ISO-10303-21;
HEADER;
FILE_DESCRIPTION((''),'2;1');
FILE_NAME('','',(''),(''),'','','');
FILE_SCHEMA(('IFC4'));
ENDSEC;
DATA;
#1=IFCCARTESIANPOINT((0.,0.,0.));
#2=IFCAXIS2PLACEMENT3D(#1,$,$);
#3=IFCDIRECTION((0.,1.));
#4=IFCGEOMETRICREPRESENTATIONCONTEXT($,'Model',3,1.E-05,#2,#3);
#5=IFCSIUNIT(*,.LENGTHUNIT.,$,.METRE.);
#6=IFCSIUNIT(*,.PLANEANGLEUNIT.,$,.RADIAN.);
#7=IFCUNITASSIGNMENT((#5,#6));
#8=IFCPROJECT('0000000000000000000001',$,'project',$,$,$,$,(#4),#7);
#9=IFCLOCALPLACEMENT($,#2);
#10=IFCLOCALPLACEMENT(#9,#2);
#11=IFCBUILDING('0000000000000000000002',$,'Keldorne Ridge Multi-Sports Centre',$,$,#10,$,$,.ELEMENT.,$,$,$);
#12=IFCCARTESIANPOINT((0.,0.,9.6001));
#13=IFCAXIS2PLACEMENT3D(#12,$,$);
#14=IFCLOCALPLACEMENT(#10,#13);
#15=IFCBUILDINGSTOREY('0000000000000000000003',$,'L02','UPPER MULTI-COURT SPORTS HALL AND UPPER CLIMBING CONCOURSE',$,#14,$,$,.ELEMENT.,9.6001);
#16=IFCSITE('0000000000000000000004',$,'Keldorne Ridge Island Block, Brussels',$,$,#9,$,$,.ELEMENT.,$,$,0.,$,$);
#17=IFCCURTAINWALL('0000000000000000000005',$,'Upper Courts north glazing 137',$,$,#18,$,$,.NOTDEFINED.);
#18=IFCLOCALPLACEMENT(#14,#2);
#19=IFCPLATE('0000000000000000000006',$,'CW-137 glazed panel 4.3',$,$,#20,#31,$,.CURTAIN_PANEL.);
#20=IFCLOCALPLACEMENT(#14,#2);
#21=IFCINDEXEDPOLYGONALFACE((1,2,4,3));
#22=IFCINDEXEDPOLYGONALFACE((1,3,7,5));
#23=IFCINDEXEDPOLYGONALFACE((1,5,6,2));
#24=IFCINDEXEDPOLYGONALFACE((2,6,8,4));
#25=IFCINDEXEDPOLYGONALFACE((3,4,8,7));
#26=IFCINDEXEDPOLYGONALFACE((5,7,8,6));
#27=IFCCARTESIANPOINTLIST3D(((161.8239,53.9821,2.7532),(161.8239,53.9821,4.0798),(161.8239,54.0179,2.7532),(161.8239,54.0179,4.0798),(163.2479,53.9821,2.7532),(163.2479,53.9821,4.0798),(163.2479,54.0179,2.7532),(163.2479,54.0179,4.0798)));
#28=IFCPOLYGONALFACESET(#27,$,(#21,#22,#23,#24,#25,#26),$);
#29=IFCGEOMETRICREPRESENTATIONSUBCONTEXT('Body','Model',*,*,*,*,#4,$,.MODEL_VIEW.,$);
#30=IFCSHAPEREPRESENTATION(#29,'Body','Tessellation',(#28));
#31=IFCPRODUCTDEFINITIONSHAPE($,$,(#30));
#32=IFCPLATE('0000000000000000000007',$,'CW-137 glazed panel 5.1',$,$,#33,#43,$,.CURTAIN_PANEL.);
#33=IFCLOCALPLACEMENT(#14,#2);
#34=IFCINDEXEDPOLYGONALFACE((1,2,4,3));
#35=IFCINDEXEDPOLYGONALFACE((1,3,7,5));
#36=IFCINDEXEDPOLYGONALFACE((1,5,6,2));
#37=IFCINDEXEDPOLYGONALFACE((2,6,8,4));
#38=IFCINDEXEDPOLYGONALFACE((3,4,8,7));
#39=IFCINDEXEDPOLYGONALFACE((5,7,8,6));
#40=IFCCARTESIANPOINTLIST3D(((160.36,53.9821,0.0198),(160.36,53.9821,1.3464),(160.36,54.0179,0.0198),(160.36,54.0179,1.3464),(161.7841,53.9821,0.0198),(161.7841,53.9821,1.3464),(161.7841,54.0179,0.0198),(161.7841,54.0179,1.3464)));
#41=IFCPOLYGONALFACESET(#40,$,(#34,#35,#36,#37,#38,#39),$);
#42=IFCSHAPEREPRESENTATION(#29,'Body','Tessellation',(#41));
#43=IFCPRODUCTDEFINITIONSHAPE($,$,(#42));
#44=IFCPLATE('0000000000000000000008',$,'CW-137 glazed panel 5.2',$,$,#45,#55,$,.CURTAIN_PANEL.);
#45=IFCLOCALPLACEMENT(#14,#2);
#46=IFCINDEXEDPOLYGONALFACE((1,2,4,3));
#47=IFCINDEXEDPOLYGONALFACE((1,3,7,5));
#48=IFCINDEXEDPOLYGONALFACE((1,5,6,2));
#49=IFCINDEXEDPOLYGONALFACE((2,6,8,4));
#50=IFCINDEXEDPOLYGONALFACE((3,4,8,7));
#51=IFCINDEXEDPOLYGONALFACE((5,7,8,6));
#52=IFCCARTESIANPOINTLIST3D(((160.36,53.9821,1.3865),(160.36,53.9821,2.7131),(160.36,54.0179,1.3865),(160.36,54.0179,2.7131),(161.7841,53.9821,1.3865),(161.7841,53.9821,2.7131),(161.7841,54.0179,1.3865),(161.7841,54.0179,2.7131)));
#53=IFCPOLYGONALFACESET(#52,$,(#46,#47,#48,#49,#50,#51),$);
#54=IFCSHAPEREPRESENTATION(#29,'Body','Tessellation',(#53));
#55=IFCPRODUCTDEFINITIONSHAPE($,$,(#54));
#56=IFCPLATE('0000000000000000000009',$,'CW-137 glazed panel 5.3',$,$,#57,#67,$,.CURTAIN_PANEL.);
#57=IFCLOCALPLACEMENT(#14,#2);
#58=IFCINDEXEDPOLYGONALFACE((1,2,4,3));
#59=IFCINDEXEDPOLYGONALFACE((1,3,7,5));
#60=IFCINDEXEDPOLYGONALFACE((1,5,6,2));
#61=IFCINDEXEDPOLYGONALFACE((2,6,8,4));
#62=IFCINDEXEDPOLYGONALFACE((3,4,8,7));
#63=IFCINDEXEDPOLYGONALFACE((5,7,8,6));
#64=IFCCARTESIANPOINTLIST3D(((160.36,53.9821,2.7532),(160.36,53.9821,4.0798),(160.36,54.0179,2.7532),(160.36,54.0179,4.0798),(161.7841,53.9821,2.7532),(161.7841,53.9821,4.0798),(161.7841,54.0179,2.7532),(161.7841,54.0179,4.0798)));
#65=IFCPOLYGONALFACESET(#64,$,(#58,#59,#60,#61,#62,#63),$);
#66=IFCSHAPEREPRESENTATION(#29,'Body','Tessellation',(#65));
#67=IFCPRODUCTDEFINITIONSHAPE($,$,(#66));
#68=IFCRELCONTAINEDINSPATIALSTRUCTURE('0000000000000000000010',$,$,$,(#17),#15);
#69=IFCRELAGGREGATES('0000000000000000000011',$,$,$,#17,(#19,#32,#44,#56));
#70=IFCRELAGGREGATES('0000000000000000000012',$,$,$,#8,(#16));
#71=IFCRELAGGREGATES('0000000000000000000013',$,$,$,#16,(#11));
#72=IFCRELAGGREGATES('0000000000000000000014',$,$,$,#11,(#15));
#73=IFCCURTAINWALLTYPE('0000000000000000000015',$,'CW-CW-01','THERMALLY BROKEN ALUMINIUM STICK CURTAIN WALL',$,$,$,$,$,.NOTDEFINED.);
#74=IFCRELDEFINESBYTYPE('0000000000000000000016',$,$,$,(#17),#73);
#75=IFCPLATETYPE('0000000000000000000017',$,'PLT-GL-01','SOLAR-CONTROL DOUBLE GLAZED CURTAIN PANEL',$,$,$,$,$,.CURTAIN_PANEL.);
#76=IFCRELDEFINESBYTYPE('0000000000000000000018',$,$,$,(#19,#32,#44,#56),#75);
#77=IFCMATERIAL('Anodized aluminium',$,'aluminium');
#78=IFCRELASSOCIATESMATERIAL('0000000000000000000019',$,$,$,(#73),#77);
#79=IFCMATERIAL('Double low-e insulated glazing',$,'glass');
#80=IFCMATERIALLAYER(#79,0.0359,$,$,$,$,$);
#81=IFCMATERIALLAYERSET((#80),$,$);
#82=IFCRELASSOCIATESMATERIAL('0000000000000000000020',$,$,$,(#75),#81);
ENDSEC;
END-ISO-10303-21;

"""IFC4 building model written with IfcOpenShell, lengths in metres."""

from ifc_helpers import new_model, si_unit, direction, frame, origin, origin_2d, place, context, subcontext, project, spatial, rectangle, extrude, material, layer, layer_set, type_object, element, aggregate, save


model = new_model("IFC4")

# Units and contexts
model_context = context("Model", 3, precision=1e-05, world=origin(), true_north=direction((0.0, 1.0)))
body_context = subcontext(model_context, "Body", "Model", "MODEL_VIEW")
ifc_project = project(units=[si_unit("LENGTHUNIT", "METRE"), si_unit("PLANEANGLEUNIT", "RADIAN")], contexts=[model_context])

# Site, building, storey
site_placement = place(None, origin())
site = spatial("IfcSite", under=ifc_project, at=site_placement, Name="Keldorne Ridge Island Block, Brussels", CompositionType="ELEMENT", RefElevation=0.0)
building_placement = place(site_placement, origin())
building = spatial("IfcBuilding", under=site, at=building_placement, Name="Keldorne Ridge Multi-Sports Centre", CompositionType="ELEMENT")
storey_placement = place(building_placement, frame((0.0, 0.0, 9.6001)))
storey = spatial("IfcBuildingStorey", under=building, at=storey_placement, Name="L02", Description="UPPER MULTI-COURT SPORTS HALL AND UPPER CLIMBING CONCOURSE", CompositionType="ELEMENT", Elevation=9.6001)

# Curtain wall
ifc_material_1 = material(Name="Anodized aluminium", Category="aluminium")
curtain_wall_type_1 = type_object("IfcCurtainWallType", Name="CW-CW-01", Description="THERMALLY BROKEN ALUMINIUM STICK CURTAIN WALL", PredefinedType="NOTDEFINED", material=ifc_material_1)
curtain_wall_1_placement = place(storey_placement, origin())
curtain_wall_1 = element("IfcCurtainWall", 1, at=curtain_wall_1_placement, inside=storey, type_object=curtain_wall_type_1, Name="Upper Courts north glazing 137", PredefinedType="NOTDEFINED")

# Plates
ifc_material_2 = material(Name="Double low-e insulated glazing", Category="glass")
ifc_layer = layer(ifc_material_2, 0.0359)
ifc_layer_set = layer_set([ifc_layer])
plate_type = type_object("IfcPlateType", Name="PLT-GL-01", Description="SOLAR-CONTROL DOUBLE GLAZED CURTAIN PANEL", PredefinedType="CURTAIN_PANEL", material=ifc_layer_set)
plate_1_placement = place(storey_placement, frame((162.5359, 54.0, 2.7532), z_axis=(0.0, 0.0, 1.0), x_axis=(-1.0, 0.0, 0.0)))
plate_1 = element("IfcPlate", 2, at=plate_1_placement, type_object=plate_type, Name="CW-137 glazed panel 4.3", PredefinedType="CURTAIN_PANEL", context=body_context, shape_type="SweptSolid", body=[
    extrude(rectangle(XDim=1.4241, YDim=0.0359, at=origin_2d()), origin(), (0.0, 0.0, 1.0), 1.3267),
])
plate_2_placement = place(storey_placement, frame((161.072, 54.0, 0.0198), z_axis=(0.0, 0.0, 1.0), x_axis=(-1.0, 0.0, 0.0)))
plate_2 = element("IfcPlate", 3, at=plate_2_placement, type_object=plate_type, Name="CW-137 glazed panel 5.1", PredefinedType="CURTAIN_PANEL", context=body_context, shape_type="SweptSolid", body=[
    extrude(rectangle(XDim=1.4241, YDim=0.0359, at=origin_2d()), origin(), (0.0, 0.0, 1.0), 1.3267),
])
plate_3_placement = place(storey_placement, frame((161.072, 54.0, 1.3865), z_axis=(0.0, 0.0, 1.0), x_axis=(-1.0, 0.0, 0.0)))
plate_3 = element("IfcPlate", 4, at=plate_3_placement, type_object=plate_type, Name="CW-137 glazed panel 5.2", PredefinedType="CURTAIN_PANEL", context=body_context, shape_type="SweptSolid", body=[
    extrude(rectangle(XDim=1.4241, YDim=0.0359, at=origin_2d()), origin(), (0.0, 0.0, 1.0), 1.3267),
])
plate_4_placement = place(storey_placement, frame((161.072, 54.0, 2.7532), z_axis=(0.0, 0.0, 1.0), x_axis=(-1.0, 0.0, 0.0)))
plate_4 = element("IfcPlate", 5, at=plate_4_placement, type_object=plate_type, Name="CW-137 glazed panel 5.3", PredefinedType="CURTAIN_PANEL", context=body_context, shape_type="SweptSolid", body=[
    extrude(rectangle(XDim=1.4241, YDim=0.0359, at=origin_2d()), origin(), (0.0, 0.0, 1.0), 1.3267),
])
aggregate(curtain_wall_1, [plate_1, plate_2, plate_3, plate_4])

save(model, "model.ifc")
